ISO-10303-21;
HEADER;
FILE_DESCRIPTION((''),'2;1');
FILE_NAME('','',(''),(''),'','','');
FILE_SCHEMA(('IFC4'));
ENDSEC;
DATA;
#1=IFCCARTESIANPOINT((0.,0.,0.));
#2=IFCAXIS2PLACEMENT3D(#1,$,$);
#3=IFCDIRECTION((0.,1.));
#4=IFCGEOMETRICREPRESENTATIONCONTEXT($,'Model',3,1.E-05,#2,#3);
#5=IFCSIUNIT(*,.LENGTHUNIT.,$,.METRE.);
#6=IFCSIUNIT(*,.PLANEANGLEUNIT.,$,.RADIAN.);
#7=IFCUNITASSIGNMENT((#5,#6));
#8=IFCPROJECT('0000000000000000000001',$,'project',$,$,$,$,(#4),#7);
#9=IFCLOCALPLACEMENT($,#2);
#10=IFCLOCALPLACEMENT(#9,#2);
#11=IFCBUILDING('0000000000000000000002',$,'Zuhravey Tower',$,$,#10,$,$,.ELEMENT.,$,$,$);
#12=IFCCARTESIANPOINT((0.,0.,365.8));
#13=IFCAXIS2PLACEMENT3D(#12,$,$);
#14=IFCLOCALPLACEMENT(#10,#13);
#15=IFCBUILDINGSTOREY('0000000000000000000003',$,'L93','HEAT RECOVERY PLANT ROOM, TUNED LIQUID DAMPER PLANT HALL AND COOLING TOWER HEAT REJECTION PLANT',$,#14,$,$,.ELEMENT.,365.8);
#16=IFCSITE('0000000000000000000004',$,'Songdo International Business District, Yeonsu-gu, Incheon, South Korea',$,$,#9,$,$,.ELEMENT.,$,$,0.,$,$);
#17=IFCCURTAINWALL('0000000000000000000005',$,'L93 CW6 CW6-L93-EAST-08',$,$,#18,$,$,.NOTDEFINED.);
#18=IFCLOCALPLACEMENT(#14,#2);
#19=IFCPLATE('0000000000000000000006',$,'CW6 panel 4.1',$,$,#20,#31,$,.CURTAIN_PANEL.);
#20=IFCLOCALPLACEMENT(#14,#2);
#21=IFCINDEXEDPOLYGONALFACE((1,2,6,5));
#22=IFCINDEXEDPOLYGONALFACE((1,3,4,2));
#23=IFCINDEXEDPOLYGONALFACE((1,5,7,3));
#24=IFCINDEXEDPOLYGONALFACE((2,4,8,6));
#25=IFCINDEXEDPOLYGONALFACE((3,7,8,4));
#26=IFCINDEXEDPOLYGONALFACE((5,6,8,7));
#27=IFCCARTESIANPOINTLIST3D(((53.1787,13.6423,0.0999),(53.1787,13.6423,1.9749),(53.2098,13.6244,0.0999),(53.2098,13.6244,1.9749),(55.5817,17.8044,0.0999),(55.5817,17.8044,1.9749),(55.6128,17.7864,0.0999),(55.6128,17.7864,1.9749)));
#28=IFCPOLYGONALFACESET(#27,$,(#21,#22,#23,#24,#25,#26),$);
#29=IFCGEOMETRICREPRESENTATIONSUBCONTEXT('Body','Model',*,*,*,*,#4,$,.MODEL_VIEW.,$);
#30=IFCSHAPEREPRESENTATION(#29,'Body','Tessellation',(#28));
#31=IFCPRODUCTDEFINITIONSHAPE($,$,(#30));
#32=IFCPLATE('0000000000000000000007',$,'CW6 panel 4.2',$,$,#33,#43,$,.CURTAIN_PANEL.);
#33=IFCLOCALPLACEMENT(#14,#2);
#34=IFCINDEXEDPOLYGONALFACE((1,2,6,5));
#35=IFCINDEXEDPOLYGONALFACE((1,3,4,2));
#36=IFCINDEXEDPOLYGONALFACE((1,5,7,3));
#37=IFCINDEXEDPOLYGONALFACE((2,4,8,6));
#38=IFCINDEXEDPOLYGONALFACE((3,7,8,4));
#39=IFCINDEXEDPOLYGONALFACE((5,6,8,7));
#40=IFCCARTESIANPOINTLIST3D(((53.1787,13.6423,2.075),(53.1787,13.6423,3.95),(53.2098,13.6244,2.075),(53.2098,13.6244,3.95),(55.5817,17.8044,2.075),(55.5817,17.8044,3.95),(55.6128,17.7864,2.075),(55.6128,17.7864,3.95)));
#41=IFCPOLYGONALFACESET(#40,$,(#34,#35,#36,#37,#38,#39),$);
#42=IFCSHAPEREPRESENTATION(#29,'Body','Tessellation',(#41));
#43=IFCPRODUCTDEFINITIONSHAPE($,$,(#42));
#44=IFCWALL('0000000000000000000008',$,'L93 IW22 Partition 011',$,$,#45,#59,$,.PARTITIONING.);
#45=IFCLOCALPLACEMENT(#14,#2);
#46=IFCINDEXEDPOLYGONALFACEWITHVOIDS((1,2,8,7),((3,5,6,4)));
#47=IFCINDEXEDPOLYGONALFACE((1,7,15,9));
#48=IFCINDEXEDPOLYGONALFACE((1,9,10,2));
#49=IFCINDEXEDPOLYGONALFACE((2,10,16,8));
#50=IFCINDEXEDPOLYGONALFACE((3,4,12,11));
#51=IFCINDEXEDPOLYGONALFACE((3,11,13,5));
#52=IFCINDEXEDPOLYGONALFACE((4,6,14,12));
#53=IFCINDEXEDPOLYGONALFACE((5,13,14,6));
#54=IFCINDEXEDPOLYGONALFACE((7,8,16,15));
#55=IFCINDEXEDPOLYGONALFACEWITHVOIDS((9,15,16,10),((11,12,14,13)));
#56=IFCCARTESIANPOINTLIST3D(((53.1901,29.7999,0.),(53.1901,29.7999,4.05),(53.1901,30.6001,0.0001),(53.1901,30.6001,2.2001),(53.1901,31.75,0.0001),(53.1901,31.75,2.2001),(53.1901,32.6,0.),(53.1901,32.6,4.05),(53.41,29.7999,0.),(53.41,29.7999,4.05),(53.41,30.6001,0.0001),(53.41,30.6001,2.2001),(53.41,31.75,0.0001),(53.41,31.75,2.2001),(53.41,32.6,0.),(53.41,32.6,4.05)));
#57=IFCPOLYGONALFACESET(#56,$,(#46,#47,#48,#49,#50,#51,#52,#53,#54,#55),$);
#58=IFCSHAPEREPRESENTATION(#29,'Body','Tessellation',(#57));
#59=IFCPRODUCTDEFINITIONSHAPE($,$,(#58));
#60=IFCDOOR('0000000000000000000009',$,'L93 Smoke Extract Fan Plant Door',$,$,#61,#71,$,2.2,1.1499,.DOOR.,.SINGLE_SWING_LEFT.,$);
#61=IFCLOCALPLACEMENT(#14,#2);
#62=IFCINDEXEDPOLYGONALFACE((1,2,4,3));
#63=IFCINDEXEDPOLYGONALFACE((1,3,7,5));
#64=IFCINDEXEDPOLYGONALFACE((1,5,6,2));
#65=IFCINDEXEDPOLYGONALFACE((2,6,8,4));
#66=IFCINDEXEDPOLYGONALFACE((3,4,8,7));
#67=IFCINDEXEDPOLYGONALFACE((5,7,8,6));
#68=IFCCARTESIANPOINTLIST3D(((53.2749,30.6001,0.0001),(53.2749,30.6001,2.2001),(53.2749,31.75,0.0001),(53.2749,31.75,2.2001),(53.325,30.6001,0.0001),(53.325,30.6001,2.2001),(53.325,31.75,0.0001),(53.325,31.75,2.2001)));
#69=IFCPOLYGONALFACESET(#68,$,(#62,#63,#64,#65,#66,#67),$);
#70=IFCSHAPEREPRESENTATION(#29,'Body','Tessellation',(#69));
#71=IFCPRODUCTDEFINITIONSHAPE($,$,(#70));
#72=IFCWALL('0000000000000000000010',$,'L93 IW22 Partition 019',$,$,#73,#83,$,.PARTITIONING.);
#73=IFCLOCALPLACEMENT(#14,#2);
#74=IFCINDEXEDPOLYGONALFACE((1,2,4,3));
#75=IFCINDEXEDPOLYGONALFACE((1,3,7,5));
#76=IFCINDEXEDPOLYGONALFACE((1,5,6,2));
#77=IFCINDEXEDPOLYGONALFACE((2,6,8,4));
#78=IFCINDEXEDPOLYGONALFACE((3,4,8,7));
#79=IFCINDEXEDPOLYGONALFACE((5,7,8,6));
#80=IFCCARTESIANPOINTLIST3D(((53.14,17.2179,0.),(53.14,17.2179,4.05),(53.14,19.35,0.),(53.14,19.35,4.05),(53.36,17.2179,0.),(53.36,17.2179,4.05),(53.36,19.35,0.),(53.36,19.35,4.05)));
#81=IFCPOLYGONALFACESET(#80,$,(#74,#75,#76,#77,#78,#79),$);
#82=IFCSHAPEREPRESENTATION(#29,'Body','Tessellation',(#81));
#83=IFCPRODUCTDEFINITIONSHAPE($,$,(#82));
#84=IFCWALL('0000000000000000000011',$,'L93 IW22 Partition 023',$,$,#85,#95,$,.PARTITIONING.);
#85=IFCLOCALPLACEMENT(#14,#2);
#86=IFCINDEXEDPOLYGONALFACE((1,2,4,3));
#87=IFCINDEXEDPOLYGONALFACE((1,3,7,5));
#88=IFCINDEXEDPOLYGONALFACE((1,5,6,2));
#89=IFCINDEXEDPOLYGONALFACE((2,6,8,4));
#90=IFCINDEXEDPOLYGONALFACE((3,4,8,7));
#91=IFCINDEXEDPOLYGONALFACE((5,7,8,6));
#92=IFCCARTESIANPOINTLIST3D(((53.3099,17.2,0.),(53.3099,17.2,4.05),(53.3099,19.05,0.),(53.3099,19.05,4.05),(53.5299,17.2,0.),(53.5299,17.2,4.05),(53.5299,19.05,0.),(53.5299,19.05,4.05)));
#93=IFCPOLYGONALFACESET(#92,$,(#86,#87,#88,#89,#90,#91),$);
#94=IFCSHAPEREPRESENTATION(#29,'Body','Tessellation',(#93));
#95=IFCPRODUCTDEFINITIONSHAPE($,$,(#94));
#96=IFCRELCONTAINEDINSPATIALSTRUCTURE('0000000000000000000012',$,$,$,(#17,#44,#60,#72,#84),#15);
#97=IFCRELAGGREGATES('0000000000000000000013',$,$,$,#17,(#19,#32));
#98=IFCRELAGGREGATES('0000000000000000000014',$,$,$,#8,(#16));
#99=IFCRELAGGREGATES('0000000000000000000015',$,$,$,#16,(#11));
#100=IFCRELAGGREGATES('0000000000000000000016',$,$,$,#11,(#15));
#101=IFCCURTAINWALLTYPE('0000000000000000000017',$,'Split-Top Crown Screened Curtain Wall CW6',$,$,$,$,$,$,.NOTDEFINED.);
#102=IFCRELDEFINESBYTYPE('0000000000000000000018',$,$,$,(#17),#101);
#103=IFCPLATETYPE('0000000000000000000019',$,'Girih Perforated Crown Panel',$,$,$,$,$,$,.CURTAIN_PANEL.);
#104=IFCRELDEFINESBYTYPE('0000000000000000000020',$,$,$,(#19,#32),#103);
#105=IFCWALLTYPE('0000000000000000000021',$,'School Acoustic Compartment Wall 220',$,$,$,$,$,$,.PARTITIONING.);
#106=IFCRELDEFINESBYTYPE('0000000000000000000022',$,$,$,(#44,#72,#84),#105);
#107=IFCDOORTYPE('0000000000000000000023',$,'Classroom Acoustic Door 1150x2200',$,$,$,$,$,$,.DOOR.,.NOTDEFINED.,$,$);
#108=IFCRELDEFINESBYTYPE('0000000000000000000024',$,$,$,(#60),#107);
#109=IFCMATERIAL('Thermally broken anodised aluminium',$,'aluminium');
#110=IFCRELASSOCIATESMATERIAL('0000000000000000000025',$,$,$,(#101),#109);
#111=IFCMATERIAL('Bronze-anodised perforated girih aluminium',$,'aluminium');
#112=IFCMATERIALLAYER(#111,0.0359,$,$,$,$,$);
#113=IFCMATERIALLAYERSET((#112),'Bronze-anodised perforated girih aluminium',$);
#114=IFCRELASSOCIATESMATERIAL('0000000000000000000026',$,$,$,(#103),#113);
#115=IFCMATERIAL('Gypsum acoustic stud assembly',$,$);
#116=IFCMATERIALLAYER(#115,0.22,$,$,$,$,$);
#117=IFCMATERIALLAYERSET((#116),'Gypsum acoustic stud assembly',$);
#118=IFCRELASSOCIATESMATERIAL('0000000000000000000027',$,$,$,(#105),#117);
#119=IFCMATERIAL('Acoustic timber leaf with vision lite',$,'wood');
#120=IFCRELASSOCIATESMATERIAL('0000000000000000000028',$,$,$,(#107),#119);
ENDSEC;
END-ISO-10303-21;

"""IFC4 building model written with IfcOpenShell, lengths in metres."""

from ifc_helpers import new_model, si_unit, direction, frame, frame_2d, origin, origin_2d, place, context, subcontext, project, spatial, rectangle, extrude, material, layer, layer_set, type_object, element, fill, aggregate, save


model = new_model("IFC4")

# Units and contexts
model_context = context("Model", 3, precision=1e-05, world=origin(), true_north=direction((0.0, 1.0)))
body_context = subcontext(model_context, "Body", "Model", "MODEL_VIEW")
ifc_project = project(units=[si_unit("LENGTHUNIT", "METRE"), si_unit("PLANEANGLEUNIT", "RADIAN")], contexts=[model_context])

# Site, building, storey
site_placement = place(None, origin())
site = spatial("IfcSite", under=ifc_project, at=site_placement, Name="Songdo International Business District, Yeonsu-gu, Incheon, South Korea", CompositionType="ELEMENT", RefElevation=0.0)
building_placement = place(site_placement, origin())
building = spatial("IfcBuilding", under=site, at=building_placement, Name="Zuhravey Tower", CompositionType="ELEMENT")
storey_placement = place(building_placement, frame((0.0, 0.0, 365.8)))
storey = spatial("IfcBuildingStorey", under=building, at=storey_placement, Name="L93", Description="HEAT RECOVERY PLANT ROOM, TUNED LIQUID DAMPER PLANT HALL AND COOLING TOWER HEAT REJECTION PLANT", CompositionType="ELEMENT", Elevation=365.8)

# Curtain wall
ifc_material_1 = material(Name="Thermally broken anodised aluminium", Category="aluminium")
curtain_wall_type = type_object("IfcCurtainWallType", Name="Split-Top Crown Screened Curtain Wall CW6", PredefinedType="NOTDEFINED", material=ifc_material_1)
curtain_wall_placement = place(storey_placement, origin())
curtain_wall = element("IfcCurtainWall", 1, at=curtain_wall_placement, inside=storey, type_object=curtain_wall_type, Name="L93 CW6 CW6-L93-EAST-08", PredefinedType="NOTDEFINED")

# Plates
ifc_material_2 = material(Name="Bronze-anodised perforated girih aluminium", Category="aluminium")
ifc_layer_1 = layer(ifc_material_2, 0.0359)
ifc_layer_set_1 = layer_set([ifc_layer_1], Name="Bronze-anodised perforated girih aluminium")
plate_type = type_object("IfcPlateType", Name="Girih Perforated Crown Panel", PredefinedType="CURTAIN_PANEL", material=ifc_layer_set_1)
plate_1_placement = place(storey_placement, frame((54.3958, 15.7144, 0.0999), z_axis=(0.0, 0.0, 1.0), x_axis=(-0.499997, -0.866027, 0.0)))
plate_1 = element("IfcPlate", 2, at=plate_1_placement, type_object=plate_type, Name="CW6 panel 4.1", PredefinedType="CURTAIN_PANEL", context=body_context, shape_type="SweptSolid", body=[
    extrude(rectangle(XDim=4.8059, YDim=0.0359, at=origin_2d()), origin(), (0.0, 0.0, 1.0), 1.875),
])
plate_2_placement = place(storey_placement, frame((54.3958, 15.7144, 2.075), z_axis=(0.0, 0.0, 1.0), x_axis=(-0.499997, -0.866027, 0.0)))
plate_2 = element("IfcPlate", 3, at=plate_2_placement, type_object=plate_type, Name="CW6 panel 4.2", PredefinedType="CURTAIN_PANEL", context=body_context, shape_type="SweptSolid", body=[
    extrude(rectangle(XDim=4.8059, YDim=0.0359, at=origin_2d()), origin(), (0.0, 0.0, 1.0), 1.875),
])
aggregate(curtain_wall, [plate_1, plate_2])

# Wall, opening, door
ifc_material_3 = material(Name="Gypsum acoustic stud assembly")
ifc_layer_2 = layer(ifc_material_3, 0.22)
ifc_layer_set_2 = layer_set([ifc_layer_2], Name="Gypsum acoustic stud assembly")
wall_type = type_object("IfcWallType", Name="School Acoustic Compartment Wall 220", PredefinedType="PARTITIONING", material=ifc_layer_set_2)
wall_1_placement = place(storey_placement, frame((53.3, 29.8, 0.0), z_axis=(0.0, 0.0, 1.0), x_axis=(0.0, 1.0, 0.0)))
wall_1 = element("IfcWall", 4, at=wall_1_placement, inside=storey, type_object=wall_type, Name="L93 IW22 Partition 011", PredefinedType="PARTITIONING", context=body_context, shape_type="SweptSolid", body=[
    extrude(rectangle(XDim=2.8, YDim=0.22, at=frame_2d((1.3999, 0.0))), origin(), (0.0, 0.0, 1.0), 4.05),
])
opening_placement = place(wall_1_placement, frame((0.8, 0.0, 0.0)))
opening = element("IfcOpeningElement", 5, at=opening_placement, cuts=wall_1, PredefinedType="OPENING", context=body_context, shape_type="SweptSolid", body=[
    extrude(rectangle(XDim=1.1499, YDim=2.2, at=frame_2d((0.575, 1.1001))), frame((0.0, 0.1221, 0.0), z_axis=(0.0, -1.0, 0.0), x_axis=(1.0, 0.0, 0.0)), (0.0, 0.0, 1.0), 0.2439),
])
ifc_material_4 = material(Name="Acoustic timber leaf with vision lite", Category="wood")
door_type = type_object("IfcDoorType", Name="Classroom Acoustic Door 1150x2200", OperationType="NOTDEFINED", PredefinedType="DOOR", material=ifc_material_4)
door_placement = place(opening_placement, frame((1.1499, 0.0, 0.0), z_axis=(0.0, 0.0, 1.0), x_axis=(-1.0, 0.0, 0.0)))
door = element("IfcDoor", 6, at=door_placement, inside=storey, type_object=door_type, Name="L93 Smoke Extract Fan Plant Door", OperationType="SINGLE_SWING_LEFT", OverallHeight=2.2, OverallWidth=1.1499, PredefinedType="DOOR", context=body_context, shape_type="SweptSolid", body=[
    extrude(rectangle(XDim=1.1499, YDim=2.2, at=frame_2d((0.575, 1.1001))), frame((0.0, 0.0249, 0.0), z_axis=(0.0, -1.0, 0.0), x_axis=(1.0, 0.0, 0.0)), (0.0, 0.0, 1.0), 0.05),
])
fill(opening, door)

# Walls
wall_2_placement = place(storey_placement, frame((53.25, 17.218, 0.0), z_axis=(0.0, 0.0, 1.0), x_axis=(0.0, 1.0, 0.0)))
element("IfcWall", 7, at=wall_2_placement, inside=storey, type_object=wall_type, Name="L93 IW22 Partition 019", PredefinedType="PARTITIONING", context=body_context, shape_type="SweptSolid", body=[
    extrude(rectangle(XDim=2.1321, YDim=0.22, at=frame_2d((1.0659, 0.0))), origin(), (0.0, 0.0, 1.0), 4.05),
])
wall_3_placement = place(storey_placement, frame((53.4199, 17.2, 0.0), z_axis=(0.0, 0.0, 1.0), x_axis=(0.0, 1.0, 0.0)))
element("IfcWall", 8, at=wall_3_placement, inside=storey, type_object=wall_type, Name="L93 IW22 Partition 023", PredefinedType="PARTITIONING", context=body_context, shape_type="SweptSolid", body=[
    extrude(rectangle(XDim=1.8501, YDim=0.22, at=frame_2d((0.925, 0.0))), origin(), (0.0, 0.0, 1.0), 4.05),
])

save(model, "model.ifc")
